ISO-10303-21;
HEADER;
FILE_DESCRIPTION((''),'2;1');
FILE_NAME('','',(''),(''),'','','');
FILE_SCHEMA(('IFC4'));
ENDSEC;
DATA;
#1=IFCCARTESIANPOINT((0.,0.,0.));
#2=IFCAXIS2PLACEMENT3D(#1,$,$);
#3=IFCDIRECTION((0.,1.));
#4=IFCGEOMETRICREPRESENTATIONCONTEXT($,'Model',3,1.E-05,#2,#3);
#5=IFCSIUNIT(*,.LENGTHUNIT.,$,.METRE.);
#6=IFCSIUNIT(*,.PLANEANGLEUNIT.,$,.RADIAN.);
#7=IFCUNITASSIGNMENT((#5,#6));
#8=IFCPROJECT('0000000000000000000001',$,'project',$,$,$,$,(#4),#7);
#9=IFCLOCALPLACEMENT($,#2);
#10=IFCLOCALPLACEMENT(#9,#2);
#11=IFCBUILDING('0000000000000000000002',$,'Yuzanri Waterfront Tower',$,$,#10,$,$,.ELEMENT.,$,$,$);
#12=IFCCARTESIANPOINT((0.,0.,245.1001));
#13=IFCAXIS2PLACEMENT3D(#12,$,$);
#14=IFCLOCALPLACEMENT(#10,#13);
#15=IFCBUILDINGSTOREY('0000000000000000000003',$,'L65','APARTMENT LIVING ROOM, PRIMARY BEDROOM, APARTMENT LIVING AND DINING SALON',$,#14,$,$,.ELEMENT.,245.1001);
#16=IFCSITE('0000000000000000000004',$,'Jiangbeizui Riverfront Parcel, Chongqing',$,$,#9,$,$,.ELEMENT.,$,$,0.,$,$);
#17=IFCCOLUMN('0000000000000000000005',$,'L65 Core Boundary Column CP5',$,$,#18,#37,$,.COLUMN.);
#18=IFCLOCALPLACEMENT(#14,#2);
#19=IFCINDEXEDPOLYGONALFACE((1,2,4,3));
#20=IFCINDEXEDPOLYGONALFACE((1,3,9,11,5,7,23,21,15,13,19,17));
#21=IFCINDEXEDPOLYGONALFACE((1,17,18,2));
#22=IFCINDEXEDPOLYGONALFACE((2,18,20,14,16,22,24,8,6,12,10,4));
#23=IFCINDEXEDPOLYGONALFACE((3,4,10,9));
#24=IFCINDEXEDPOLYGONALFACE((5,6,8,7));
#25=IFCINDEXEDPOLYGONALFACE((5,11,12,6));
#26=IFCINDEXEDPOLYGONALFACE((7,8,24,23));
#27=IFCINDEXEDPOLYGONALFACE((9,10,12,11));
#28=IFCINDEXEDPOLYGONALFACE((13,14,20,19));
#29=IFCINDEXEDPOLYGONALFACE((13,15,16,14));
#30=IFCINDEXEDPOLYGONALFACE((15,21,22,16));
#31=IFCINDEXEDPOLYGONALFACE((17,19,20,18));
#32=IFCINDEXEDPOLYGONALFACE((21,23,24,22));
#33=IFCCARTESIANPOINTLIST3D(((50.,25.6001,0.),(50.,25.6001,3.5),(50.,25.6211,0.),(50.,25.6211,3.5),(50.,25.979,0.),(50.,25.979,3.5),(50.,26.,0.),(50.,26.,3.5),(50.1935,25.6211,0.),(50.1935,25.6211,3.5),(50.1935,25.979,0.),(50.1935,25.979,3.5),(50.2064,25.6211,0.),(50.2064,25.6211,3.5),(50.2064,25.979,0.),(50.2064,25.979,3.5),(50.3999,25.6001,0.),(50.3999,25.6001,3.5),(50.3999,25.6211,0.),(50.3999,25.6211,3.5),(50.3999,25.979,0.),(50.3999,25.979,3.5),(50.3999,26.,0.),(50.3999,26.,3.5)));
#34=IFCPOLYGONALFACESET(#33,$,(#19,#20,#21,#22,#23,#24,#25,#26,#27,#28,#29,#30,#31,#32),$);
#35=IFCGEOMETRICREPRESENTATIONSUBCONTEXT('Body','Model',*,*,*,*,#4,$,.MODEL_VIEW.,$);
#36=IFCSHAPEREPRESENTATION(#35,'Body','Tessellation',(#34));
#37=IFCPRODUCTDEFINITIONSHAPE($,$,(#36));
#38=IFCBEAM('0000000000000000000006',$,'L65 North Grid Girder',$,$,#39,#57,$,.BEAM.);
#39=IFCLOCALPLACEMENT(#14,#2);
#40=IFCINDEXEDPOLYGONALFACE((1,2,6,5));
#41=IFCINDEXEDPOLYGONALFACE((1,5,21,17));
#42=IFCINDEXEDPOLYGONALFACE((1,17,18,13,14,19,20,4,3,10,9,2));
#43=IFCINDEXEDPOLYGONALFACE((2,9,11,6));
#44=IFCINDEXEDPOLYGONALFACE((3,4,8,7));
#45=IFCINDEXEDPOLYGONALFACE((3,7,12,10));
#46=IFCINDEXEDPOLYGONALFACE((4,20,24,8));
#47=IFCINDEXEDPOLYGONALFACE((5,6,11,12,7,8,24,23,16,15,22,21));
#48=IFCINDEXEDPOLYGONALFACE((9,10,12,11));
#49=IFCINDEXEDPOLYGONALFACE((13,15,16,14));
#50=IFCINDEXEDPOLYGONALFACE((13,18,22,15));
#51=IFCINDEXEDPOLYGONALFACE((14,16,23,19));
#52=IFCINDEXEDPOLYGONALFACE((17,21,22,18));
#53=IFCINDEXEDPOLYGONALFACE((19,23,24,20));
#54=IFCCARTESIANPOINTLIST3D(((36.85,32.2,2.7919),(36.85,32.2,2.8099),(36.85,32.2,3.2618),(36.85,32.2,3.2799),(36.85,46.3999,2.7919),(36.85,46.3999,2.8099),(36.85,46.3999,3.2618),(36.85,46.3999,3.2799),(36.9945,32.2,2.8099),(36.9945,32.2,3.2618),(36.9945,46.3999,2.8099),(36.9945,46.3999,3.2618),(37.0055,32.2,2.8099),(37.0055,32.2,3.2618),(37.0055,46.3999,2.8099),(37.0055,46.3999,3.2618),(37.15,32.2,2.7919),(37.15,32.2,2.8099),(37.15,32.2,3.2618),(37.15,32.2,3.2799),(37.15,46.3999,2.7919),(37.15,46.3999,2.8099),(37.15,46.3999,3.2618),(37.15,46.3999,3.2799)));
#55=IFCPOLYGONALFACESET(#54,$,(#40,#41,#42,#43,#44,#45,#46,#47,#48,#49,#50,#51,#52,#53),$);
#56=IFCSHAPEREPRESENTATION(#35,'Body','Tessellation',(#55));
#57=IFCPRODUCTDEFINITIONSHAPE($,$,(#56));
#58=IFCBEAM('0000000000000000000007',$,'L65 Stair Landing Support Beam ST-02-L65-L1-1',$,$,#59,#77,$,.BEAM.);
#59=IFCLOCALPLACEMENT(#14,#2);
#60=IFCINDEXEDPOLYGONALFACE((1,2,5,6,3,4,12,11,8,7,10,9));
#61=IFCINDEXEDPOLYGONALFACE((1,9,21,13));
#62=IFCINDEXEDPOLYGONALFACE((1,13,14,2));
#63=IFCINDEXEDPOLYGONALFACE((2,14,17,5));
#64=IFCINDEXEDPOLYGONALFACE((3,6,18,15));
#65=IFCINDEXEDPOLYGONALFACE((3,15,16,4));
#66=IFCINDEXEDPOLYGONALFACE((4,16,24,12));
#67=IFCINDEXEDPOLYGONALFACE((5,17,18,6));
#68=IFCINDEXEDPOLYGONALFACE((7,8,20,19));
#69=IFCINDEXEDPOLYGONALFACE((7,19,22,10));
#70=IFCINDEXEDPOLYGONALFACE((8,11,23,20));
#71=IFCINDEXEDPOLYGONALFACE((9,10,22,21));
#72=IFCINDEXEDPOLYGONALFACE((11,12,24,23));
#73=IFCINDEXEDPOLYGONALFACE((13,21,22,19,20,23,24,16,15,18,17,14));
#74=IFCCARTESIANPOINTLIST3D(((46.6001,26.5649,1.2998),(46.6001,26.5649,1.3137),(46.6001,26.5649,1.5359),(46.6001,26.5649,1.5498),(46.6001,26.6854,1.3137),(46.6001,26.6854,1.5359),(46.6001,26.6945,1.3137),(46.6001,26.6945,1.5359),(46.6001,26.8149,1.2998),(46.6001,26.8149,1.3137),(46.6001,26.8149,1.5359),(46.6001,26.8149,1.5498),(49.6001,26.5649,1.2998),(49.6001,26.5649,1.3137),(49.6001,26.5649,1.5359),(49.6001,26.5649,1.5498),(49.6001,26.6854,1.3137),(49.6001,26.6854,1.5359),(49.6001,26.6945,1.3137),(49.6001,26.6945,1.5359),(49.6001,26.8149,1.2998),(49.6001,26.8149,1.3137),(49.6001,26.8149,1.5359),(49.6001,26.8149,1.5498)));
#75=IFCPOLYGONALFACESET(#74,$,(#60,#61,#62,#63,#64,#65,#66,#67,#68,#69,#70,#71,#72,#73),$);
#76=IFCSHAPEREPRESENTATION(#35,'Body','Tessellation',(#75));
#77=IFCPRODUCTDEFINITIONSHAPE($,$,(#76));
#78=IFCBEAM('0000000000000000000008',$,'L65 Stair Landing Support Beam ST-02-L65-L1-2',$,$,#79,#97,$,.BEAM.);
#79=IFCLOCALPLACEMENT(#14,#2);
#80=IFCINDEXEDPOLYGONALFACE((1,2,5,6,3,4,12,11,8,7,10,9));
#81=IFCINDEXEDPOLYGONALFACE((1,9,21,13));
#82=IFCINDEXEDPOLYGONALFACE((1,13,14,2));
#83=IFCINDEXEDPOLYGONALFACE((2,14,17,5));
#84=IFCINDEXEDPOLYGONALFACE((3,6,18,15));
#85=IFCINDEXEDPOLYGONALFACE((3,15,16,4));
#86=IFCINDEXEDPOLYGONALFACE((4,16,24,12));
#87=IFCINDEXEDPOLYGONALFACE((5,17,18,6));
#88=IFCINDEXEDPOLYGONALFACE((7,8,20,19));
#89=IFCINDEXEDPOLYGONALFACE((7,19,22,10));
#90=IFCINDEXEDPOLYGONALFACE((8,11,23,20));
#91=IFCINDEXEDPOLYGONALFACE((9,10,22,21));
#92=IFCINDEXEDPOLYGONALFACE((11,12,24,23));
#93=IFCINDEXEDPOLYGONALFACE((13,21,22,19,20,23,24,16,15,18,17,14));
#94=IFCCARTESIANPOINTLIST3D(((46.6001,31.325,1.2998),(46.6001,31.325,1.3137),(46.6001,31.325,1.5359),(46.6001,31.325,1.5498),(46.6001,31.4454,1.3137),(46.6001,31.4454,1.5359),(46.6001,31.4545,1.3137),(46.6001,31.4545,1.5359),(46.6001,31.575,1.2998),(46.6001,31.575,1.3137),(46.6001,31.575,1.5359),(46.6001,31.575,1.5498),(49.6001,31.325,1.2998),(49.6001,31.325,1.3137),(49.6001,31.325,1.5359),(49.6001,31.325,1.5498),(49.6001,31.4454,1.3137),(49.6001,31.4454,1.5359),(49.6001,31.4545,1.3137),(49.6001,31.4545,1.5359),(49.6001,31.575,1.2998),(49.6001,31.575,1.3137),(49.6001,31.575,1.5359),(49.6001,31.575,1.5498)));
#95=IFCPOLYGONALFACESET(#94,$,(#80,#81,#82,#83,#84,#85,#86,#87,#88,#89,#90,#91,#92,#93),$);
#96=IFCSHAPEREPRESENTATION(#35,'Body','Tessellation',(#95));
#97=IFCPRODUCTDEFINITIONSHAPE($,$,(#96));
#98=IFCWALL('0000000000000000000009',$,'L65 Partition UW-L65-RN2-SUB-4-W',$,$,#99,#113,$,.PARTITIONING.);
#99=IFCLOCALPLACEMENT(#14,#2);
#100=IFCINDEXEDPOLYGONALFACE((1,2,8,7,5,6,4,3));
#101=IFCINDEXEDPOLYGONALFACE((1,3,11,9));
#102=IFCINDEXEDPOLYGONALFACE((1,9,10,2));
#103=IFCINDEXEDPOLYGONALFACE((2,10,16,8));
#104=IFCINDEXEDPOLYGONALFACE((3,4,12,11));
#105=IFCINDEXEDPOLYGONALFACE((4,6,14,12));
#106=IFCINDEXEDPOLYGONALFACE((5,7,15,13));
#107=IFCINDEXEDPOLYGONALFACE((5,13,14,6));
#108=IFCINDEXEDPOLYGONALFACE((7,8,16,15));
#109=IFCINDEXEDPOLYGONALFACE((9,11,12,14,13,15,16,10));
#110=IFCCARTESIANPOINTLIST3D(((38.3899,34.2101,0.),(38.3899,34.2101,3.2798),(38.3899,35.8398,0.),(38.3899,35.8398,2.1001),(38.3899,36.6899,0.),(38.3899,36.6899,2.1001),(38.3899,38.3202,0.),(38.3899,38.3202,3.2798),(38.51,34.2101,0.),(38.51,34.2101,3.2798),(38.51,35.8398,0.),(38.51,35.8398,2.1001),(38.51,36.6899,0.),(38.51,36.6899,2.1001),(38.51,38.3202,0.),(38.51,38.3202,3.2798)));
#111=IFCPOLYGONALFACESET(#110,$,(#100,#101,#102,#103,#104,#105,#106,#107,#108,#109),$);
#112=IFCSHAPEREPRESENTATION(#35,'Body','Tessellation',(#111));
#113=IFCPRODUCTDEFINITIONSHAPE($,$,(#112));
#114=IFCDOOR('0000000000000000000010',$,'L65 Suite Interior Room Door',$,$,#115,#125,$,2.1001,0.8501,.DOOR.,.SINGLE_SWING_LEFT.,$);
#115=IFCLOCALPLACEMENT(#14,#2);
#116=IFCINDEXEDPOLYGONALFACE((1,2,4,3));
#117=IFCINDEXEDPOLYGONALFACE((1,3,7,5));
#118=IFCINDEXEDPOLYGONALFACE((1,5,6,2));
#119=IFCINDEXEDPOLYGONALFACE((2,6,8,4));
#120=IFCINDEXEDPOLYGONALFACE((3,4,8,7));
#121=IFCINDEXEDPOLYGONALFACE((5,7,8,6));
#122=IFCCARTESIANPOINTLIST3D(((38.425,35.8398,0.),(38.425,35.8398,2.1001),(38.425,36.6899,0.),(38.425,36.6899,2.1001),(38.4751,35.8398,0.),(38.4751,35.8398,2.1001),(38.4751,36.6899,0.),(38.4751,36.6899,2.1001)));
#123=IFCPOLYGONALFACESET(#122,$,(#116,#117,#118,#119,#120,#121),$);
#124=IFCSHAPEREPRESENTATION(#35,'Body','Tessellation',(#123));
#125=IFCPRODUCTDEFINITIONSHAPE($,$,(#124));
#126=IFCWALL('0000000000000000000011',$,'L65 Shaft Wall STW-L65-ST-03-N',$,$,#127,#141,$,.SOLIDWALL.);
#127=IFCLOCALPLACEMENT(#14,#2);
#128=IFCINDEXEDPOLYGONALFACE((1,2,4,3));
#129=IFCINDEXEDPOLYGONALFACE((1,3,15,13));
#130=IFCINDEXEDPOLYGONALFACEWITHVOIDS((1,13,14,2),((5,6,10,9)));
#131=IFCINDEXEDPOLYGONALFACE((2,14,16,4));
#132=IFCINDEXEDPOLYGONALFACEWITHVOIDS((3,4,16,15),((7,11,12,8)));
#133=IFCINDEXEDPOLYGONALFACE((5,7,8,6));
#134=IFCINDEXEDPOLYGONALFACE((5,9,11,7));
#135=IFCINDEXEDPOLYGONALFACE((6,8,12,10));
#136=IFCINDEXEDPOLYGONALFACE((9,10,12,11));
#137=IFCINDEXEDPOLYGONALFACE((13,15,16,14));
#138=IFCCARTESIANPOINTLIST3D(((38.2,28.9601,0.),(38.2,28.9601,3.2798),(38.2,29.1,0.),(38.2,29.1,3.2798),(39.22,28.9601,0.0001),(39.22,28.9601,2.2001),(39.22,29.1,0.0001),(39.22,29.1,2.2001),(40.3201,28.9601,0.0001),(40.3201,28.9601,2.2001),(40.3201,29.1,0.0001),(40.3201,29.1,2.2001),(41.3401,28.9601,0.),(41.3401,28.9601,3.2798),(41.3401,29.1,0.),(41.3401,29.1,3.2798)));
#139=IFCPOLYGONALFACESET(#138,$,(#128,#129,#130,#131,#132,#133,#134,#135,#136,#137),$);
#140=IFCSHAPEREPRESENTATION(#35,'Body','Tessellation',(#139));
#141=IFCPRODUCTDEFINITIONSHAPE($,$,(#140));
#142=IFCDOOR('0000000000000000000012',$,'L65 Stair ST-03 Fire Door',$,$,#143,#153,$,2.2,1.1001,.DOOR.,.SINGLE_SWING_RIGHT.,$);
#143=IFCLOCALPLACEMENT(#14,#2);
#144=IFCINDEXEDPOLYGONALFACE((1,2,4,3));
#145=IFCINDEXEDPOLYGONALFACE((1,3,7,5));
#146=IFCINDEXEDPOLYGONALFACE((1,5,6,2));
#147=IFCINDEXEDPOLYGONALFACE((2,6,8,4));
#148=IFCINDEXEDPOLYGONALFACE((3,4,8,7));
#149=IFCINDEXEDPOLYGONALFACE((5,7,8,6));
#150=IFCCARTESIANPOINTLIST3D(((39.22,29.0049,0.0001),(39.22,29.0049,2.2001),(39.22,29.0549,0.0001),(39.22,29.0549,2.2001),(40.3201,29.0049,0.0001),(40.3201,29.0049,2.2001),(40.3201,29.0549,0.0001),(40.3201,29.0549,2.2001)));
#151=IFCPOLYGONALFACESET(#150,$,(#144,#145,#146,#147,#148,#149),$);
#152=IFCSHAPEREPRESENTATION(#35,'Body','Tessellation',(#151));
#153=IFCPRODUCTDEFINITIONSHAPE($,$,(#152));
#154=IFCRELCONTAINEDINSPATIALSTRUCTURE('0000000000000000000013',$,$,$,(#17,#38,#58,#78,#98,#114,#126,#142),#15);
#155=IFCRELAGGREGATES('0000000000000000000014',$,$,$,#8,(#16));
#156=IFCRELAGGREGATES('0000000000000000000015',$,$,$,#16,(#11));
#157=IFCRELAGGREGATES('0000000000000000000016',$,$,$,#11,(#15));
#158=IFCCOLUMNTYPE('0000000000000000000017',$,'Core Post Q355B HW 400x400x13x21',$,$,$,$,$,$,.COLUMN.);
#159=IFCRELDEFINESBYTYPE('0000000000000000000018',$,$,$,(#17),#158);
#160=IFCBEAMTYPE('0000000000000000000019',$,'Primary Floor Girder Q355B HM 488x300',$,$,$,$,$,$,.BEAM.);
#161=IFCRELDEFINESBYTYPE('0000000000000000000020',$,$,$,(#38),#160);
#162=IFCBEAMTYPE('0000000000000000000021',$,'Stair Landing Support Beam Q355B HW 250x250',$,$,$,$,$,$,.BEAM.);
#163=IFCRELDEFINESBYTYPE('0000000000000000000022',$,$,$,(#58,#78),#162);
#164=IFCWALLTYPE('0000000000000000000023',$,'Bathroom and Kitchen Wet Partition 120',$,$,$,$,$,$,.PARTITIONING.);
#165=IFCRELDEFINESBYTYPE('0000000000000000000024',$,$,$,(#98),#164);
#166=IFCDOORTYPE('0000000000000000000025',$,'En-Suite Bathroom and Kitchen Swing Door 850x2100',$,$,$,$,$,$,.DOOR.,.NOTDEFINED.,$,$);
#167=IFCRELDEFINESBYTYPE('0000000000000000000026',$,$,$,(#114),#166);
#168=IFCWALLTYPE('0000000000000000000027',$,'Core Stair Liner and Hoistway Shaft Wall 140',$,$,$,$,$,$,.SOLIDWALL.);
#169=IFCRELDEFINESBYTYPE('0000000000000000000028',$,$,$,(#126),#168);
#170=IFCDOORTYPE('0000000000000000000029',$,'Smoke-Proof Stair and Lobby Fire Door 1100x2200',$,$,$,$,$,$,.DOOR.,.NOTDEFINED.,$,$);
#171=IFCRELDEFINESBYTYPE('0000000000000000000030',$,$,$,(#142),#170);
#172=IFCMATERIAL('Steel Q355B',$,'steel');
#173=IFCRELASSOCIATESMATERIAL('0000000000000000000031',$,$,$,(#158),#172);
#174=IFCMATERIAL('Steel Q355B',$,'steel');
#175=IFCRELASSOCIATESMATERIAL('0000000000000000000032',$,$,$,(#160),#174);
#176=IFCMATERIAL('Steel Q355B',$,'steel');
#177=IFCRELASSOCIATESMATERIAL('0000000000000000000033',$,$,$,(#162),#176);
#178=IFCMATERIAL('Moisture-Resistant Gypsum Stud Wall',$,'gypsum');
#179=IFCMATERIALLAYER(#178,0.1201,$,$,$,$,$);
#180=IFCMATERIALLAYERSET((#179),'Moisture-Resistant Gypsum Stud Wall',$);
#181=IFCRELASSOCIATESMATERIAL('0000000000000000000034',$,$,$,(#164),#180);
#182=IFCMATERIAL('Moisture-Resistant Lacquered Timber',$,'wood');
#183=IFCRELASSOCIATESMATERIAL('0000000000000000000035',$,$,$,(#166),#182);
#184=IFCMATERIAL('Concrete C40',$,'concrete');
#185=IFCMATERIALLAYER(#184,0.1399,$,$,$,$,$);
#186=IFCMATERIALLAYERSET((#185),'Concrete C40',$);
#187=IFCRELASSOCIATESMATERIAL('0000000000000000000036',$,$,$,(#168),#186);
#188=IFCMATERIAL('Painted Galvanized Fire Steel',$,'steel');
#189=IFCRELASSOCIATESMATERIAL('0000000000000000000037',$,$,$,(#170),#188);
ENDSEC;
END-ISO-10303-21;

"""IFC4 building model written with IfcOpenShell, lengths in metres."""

from ifc_helpers import new_model, si_unit, direction, frame, frame_2d, origin, origin_2d, place, context, subcontext, project, spatial, rectangle, i_section, extrude, source, transform, mapped, material, layer, layer_set, material_profile, profile_set, type_object, element, fill, save


model = new_model("IFC4")

# Units and contexts
model_context = context("Model", 3, precision=1e-05, world=origin(), true_north=direction((0.0, 1.0)))
body_context = subcontext(model_context, "Body", "Model", "MODEL_VIEW")
ifc_project = project(units=[si_unit("LENGTHUNIT", "METRE"), si_unit("PLANEANGLEUNIT", "RADIAN")], contexts=[model_context])

# Site, building, storey
site_placement = place(None, origin())
site = spatial("IfcSite", under=ifc_project, at=site_placement, Name="Jiangbeizui Riverfront Parcel, Chongqing", CompositionType="ELEMENT", RefElevation=0.0)
building_placement = place(site_placement, origin())
building = spatial("IfcBuilding", under=site, at=building_placement, Name="Yuzanri Waterfront Tower", CompositionType="ELEMENT")
storey_placement = place(building_placement, frame((0.0, 0.0, 245.1001)))
storey = spatial("IfcBuildingStorey", under=building, at=storey_placement, Name="L65", Description="APARTMENT LIVING ROOM, PRIMARY BEDROOM, APARTMENT LIVING AND DINING SALON", CompositionType="ELEMENT", Elevation=245.1001)

# Column
ifc_material_1 = material(Name="Steel Q355B", Category="steel")
ifc_material_profile_1 = material_profile(ifc_material_1, i_section(OverallWidth=0.3999, OverallDepth=0.3999, WebThickness=0.0129, FlangeThickness=0.021, at=origin_2d()), Name="HW 400x400x13x21")
ifc_profile_set_1 = profile_set([ifc_material_profile_1], Name="Steel Q355B")
column_type = type_object("IfcColumnType", Name="Core Post Q355B HW 400x400x13x21", PredefinedType="COLUMN", material=ifc_profile_set_1)
shared_shape_1 = source(origin(), body_context, "Body", "SweptSolid", [
    extrude(i_section(OverallWidth=0.3999, OverallDepth=0.3999, WebThickness=0.0129, FlangeThickness=0.021, at=origin_2d()), origin(), (0.0, 0.0, 1.0), 3.5),
])
column_placement = place(storey_placement, frame((50.2, 25.8, 0.0), z_axis=(0.0, 0.0, 1.0), x_axis=(1.0, 0.0, 0.0)))
element("IfcColumn", 1, at=column_placement, inside=storey, type_object=column_type, Name="L65 Core Boundary Column CP5", PredefinedType="COLUMN", context=body_context, shape_type="MappedRepresentation", body=[
    mapped(shared_shape_1, transform((0.0, 0.0, 0.0), scale=1.0)),
])

# Beams
ifc_material_2 = material(Name="Steel Q355B", Category="steel")
ifc_material_profile_2 = material_profile(ifc_material_2, i_section(OverallWidth=0.3, OverallDepth=0.488, WebThickness=0.011, FlangeThickness=0.0181, at=origin_2d()), Name="HM 488x300x11x18")
ifc_profile_set_2 = profile_set([ifc_material_profile_2], Name="Steel Q355B")
beam_type_1 = type_object("IfcBeamType", Name="Primary Floor Girder Q355B HM 488x300", PredefinedType="BEAM", material=ifc_profile_set_2)
shared_shape_2 = source(origin(), body_context, "Body", "SweptSolid", [
    extrude(i_section(OverallWidth=0.3, OverallDepth=0.488, WebThickness=0.011, FlangeThickness=0.0181, at=origin_2d()), origin(), (0.0, 0.0, 1.0), 14.2),
])
beam_placement = place(storey_placement, frame((37.0, 32.2, 3.0359), z_axis=(0.0, 1.0, 0.0), x_axis=(-1.0, 0.0, 0.0)))
element("IfcBeam", 2, at=beam_placement, inside=storey, type_object=beam_type_1, Name="L65 North Grid Girder", PredefinedType="BEAM", context=body_context, shape_type="MappedRepresentation", body=[
    mapped(shared_shape_2, transform((0.0, 0.0, 0.0), scale=1.0)),
])
ifc_material_3 = material(Name="Steel Q355B", Category="steel")
ifc_material_profile_3 = material_profile(ifc_material_3, i_section(OverallWidth=0.25, OverallDepth=0.25, WebThickness=0.009, FlangeThickness=0.0139, at=origin_2d()), Name="HW 250x250x9x14")
ifc_profile_set_3 = profile_set([ifc_material_profile_3], Name="Steel Q355B")
beam_type_2 = type_object("IfcBeamType", Name="Stair Landing Support Beam Q355B HW 250x250", PredefinedType="BEAM", material=ifc_profile_set_3)
shared_shape_3 = source(origin(), body_context, "Body", "SweptSolid", [
    extrude(i_section(OverallWidth=0.25, OverallDepth=0.25, WebThickness=0.009, FlangeThickness=0.0139, at=origin_2d()), origin(), (0.0, 0.0, 1.0), 3.0),
])
for number, where, z_axis, x_axis, name in (
    (3, (46.6001, 26.6899, 1.4248), (1.0, 0.0, 0.0), (0.0, 1.0, 0.0), "L65 Stair Landing Support Beam ST-02-L65-L1-1"),
    (4, (46.6001, 31.45, 1.4248), (1.0, 0.0, 0.0), (0.0, 1.0, 0.0), "L65 Stair Landing Support Beam ST-02-L65-L1-2"),
):
    element("IfcBeam", number, at=place(storey_placement, frame(where, z_axis=z_axis, x_axis=x_axis)), inside=storey, type_object=beam_type_2, Name=name, PredefinedType="BEAM", context=body_context, shape_type="MappedRepresentation", body=[
        mapped(shared_shape_3, transform((0.0, 0.0, 0.0), scale=1.0)),
    ])

# Walls, openings, doors
ifc_material_4 = material(Name="Moisture-Resistant Gypsum Stud Wall", Category="gypsum")
ifc_layer_1 = layer(ifc_material_4, 0.1201)
ifc_layer_set_1 = layer_set([ifc_layer_1], Name="Moisture-Resistant Gypsum Stud Wall")
wall_type_1 = type_object("IfcWallType", Name="Bathroom and Kitchen Wet Partition 120", PredefinedType="PARTITIONING", material=ifc_layer_set_1)
wall_1_placement = place(storey_placement, frame((38.45, 34.21, 0.0), z_axis=(0.0, 0.0, 1.0), x_axis=(0.0, 1.0, 0.0)))
wall_1 = element("IfcWall", 5, at=wall_1_placement, inside=storey, type_object=wall_type_1, Name="L65 Partition UW-L65-RN2-SUB-4-W", PredefinedType="PARTITIONING", context=body_context, shape_type="SweptSolid", body=[
    extrude(rectangle(XDim=4.1101, YDim=0.1201, at=frame_2d((2.0552, 0.0))), origin(), (0.0, 0.0, 1.0), 3.2798),
])
opening_1_placement = place(wall_1_placement, frame((1.6299, 0.0, 0.0)))
opening_1 = element("IfcOpeningElement", 6, at=opening_1_placement, cuts=wall_1, PredefinedType="OPENING", context=body_context, shape_type="SweptSolid", body=[
    extrude(rectangle(XDim=0.8501, YDim=2.1001, at=frame_2d((0.425, 1.05))), frame((0.0, 0.075, 0.0), z_axis=(0.0, -1.0, 0.0), x_axis=(1.0, 0.0, 0.0)), (0.0, 0.0, 1.0), 0.1499),
])
ifc_material_5 = material(Name="Moisture-Resistant Lacquered Timber", Category="wood")
door_type_1 = type_object("IfcDoorType", Name="En-Suite Bathroom and Kitchen Swing Door 850x2100", OperationType="NOTDEFINED", PredefinedType="DOOR", material=ifc_material_5)
shared_shape_4 = source(origin(), body_context, "Body", "SweptSolid", [
    extrude(rectangle(XDim=0.8501, YDim=2.1001, at=frame_2d((0.425, 1.05))), frame((0.0, 0.0249, 0.0), z_axis=(0.0, -1.0, 0.0), x_axis=(1.0, 0.0, 0.0)), (0.0, 0.0, 1.0), 0.05),
])
door_1_placement = place(opening_1_placement, origin())
door_1 = element("IfcDoor", 7, at=door_1_placement, inside=storey, type_object=door_type_1, Name="L65 Suite Interior Room Door", OperationType="SINGLE_SWING_LEFT", OverallHeight=2.1001, OverallWidth=0.8501, PredefinedType="DOOR", context=body_context, shape_type="MappedRepresentation", body=[
    mapped(shared_shape_4, transform((0.0, 0.0, 0.0), scale=1.0)),
])
fill(opening_1, door_1)
ifc_material_6 = material(Name="Concrete C40", Category="concrete")
ifc_layer_2 = layer(ifc_material_6, 0.1399)
ifc_layer_set_2 = layer_set([ifc_layer_2], Name="Concrete C40")
wall_type_2 = type_object("IfcWallType", Name="Core Stair Liner and Hoistway Shaft Wall 140", PredefinedType="SOLIDWALL", material=ifc_layer_set_2)
wall_2_placement = place(storey_placement, frame((38.2, 29.03, 0.0), z_axis=(0.0, 0.0, 1.0), x_axis=(1.0, 0.0, 0.0)))
wall_2 = element("IfcWall", 8, at=wall_2_placement, inside=storey, type_object=wall_type_2, Name="L65 Shaft Wall STW-L65-ST-03-N", PredefinedType="SOLIDWALL", context=body_context, shape_type="SweptSolid", body=[
    extrude(rectangle(XDim=3.1401, YDim=0.1399, at=frame_2d((1.5701, 0.0))), origin(), (0.0, 0.0, 1.0), 3.2798),
])
opening_2_placement = place(wall_2_placement, frame((1.02, 0.0, 0.0)))
opening_2 = element("IfcOpeningElement", 9, at=opening_2_placement, cuts=wall_2, PredefinedType="OPENING", context=body_context, shape_type="SweptSolid", body=[
    extrude(rectangle(XDim=1.1001, YDim=2.2, at=frame_2d((0.55, 1.1001))), frame((0.0, 0.085, 0.0), z_axis=(0.0, -1.0, 0.0), x_axis=(1.0, 0.0, 0.0)), (0.0, 0.0, 1.0), 0.1697),
])
ifc_material_7 = material(Name="Painted Galvanized Fire Steel", Category="steel")
door_type_2 = type_object("IfcDoorType", Name="Smoke-Proof Stair and Lobby Fire Door 1100x2200", OperationType="NOTDEFINED", PredefinedType="DOOR", material=ifc_material_7)
shared_shape_5 = source(origin(), body_context, "Body", "SweptSolid", [
    extrude(rectangle(XDim=1.1001, YDim=2.2, at=frame_2d((0.55, 1.1001))), frame((0.0, 0.0249, 0.0), z_axis=(0.0, -1.0, 0.0), x_axis=(1.0, 0.0, 0.0)), (0.0, 0.0, 1.0), 0.05),
])
door_2_placement = place(opening_2_placement, origin())
door_2 = element("IfcDoor", 10, at=door_2_placement, inside=storey, type_object=door_type_2, Name="L65 Stair ST-03 Fire Door", OperationType="SINGLE_SWING_RIGHT", OverallHeight=2.2, OverallWidth=1.1001, PredefinedType="DOOR", context=body_context, shape_type="MappedRepresentation", body=[
    mapped(shared_shape_5, transform((0.0, 0.0, 0.0), scale=1.0)),
])
fill(opening_2, door_2)

save(model, "model.ifc")
